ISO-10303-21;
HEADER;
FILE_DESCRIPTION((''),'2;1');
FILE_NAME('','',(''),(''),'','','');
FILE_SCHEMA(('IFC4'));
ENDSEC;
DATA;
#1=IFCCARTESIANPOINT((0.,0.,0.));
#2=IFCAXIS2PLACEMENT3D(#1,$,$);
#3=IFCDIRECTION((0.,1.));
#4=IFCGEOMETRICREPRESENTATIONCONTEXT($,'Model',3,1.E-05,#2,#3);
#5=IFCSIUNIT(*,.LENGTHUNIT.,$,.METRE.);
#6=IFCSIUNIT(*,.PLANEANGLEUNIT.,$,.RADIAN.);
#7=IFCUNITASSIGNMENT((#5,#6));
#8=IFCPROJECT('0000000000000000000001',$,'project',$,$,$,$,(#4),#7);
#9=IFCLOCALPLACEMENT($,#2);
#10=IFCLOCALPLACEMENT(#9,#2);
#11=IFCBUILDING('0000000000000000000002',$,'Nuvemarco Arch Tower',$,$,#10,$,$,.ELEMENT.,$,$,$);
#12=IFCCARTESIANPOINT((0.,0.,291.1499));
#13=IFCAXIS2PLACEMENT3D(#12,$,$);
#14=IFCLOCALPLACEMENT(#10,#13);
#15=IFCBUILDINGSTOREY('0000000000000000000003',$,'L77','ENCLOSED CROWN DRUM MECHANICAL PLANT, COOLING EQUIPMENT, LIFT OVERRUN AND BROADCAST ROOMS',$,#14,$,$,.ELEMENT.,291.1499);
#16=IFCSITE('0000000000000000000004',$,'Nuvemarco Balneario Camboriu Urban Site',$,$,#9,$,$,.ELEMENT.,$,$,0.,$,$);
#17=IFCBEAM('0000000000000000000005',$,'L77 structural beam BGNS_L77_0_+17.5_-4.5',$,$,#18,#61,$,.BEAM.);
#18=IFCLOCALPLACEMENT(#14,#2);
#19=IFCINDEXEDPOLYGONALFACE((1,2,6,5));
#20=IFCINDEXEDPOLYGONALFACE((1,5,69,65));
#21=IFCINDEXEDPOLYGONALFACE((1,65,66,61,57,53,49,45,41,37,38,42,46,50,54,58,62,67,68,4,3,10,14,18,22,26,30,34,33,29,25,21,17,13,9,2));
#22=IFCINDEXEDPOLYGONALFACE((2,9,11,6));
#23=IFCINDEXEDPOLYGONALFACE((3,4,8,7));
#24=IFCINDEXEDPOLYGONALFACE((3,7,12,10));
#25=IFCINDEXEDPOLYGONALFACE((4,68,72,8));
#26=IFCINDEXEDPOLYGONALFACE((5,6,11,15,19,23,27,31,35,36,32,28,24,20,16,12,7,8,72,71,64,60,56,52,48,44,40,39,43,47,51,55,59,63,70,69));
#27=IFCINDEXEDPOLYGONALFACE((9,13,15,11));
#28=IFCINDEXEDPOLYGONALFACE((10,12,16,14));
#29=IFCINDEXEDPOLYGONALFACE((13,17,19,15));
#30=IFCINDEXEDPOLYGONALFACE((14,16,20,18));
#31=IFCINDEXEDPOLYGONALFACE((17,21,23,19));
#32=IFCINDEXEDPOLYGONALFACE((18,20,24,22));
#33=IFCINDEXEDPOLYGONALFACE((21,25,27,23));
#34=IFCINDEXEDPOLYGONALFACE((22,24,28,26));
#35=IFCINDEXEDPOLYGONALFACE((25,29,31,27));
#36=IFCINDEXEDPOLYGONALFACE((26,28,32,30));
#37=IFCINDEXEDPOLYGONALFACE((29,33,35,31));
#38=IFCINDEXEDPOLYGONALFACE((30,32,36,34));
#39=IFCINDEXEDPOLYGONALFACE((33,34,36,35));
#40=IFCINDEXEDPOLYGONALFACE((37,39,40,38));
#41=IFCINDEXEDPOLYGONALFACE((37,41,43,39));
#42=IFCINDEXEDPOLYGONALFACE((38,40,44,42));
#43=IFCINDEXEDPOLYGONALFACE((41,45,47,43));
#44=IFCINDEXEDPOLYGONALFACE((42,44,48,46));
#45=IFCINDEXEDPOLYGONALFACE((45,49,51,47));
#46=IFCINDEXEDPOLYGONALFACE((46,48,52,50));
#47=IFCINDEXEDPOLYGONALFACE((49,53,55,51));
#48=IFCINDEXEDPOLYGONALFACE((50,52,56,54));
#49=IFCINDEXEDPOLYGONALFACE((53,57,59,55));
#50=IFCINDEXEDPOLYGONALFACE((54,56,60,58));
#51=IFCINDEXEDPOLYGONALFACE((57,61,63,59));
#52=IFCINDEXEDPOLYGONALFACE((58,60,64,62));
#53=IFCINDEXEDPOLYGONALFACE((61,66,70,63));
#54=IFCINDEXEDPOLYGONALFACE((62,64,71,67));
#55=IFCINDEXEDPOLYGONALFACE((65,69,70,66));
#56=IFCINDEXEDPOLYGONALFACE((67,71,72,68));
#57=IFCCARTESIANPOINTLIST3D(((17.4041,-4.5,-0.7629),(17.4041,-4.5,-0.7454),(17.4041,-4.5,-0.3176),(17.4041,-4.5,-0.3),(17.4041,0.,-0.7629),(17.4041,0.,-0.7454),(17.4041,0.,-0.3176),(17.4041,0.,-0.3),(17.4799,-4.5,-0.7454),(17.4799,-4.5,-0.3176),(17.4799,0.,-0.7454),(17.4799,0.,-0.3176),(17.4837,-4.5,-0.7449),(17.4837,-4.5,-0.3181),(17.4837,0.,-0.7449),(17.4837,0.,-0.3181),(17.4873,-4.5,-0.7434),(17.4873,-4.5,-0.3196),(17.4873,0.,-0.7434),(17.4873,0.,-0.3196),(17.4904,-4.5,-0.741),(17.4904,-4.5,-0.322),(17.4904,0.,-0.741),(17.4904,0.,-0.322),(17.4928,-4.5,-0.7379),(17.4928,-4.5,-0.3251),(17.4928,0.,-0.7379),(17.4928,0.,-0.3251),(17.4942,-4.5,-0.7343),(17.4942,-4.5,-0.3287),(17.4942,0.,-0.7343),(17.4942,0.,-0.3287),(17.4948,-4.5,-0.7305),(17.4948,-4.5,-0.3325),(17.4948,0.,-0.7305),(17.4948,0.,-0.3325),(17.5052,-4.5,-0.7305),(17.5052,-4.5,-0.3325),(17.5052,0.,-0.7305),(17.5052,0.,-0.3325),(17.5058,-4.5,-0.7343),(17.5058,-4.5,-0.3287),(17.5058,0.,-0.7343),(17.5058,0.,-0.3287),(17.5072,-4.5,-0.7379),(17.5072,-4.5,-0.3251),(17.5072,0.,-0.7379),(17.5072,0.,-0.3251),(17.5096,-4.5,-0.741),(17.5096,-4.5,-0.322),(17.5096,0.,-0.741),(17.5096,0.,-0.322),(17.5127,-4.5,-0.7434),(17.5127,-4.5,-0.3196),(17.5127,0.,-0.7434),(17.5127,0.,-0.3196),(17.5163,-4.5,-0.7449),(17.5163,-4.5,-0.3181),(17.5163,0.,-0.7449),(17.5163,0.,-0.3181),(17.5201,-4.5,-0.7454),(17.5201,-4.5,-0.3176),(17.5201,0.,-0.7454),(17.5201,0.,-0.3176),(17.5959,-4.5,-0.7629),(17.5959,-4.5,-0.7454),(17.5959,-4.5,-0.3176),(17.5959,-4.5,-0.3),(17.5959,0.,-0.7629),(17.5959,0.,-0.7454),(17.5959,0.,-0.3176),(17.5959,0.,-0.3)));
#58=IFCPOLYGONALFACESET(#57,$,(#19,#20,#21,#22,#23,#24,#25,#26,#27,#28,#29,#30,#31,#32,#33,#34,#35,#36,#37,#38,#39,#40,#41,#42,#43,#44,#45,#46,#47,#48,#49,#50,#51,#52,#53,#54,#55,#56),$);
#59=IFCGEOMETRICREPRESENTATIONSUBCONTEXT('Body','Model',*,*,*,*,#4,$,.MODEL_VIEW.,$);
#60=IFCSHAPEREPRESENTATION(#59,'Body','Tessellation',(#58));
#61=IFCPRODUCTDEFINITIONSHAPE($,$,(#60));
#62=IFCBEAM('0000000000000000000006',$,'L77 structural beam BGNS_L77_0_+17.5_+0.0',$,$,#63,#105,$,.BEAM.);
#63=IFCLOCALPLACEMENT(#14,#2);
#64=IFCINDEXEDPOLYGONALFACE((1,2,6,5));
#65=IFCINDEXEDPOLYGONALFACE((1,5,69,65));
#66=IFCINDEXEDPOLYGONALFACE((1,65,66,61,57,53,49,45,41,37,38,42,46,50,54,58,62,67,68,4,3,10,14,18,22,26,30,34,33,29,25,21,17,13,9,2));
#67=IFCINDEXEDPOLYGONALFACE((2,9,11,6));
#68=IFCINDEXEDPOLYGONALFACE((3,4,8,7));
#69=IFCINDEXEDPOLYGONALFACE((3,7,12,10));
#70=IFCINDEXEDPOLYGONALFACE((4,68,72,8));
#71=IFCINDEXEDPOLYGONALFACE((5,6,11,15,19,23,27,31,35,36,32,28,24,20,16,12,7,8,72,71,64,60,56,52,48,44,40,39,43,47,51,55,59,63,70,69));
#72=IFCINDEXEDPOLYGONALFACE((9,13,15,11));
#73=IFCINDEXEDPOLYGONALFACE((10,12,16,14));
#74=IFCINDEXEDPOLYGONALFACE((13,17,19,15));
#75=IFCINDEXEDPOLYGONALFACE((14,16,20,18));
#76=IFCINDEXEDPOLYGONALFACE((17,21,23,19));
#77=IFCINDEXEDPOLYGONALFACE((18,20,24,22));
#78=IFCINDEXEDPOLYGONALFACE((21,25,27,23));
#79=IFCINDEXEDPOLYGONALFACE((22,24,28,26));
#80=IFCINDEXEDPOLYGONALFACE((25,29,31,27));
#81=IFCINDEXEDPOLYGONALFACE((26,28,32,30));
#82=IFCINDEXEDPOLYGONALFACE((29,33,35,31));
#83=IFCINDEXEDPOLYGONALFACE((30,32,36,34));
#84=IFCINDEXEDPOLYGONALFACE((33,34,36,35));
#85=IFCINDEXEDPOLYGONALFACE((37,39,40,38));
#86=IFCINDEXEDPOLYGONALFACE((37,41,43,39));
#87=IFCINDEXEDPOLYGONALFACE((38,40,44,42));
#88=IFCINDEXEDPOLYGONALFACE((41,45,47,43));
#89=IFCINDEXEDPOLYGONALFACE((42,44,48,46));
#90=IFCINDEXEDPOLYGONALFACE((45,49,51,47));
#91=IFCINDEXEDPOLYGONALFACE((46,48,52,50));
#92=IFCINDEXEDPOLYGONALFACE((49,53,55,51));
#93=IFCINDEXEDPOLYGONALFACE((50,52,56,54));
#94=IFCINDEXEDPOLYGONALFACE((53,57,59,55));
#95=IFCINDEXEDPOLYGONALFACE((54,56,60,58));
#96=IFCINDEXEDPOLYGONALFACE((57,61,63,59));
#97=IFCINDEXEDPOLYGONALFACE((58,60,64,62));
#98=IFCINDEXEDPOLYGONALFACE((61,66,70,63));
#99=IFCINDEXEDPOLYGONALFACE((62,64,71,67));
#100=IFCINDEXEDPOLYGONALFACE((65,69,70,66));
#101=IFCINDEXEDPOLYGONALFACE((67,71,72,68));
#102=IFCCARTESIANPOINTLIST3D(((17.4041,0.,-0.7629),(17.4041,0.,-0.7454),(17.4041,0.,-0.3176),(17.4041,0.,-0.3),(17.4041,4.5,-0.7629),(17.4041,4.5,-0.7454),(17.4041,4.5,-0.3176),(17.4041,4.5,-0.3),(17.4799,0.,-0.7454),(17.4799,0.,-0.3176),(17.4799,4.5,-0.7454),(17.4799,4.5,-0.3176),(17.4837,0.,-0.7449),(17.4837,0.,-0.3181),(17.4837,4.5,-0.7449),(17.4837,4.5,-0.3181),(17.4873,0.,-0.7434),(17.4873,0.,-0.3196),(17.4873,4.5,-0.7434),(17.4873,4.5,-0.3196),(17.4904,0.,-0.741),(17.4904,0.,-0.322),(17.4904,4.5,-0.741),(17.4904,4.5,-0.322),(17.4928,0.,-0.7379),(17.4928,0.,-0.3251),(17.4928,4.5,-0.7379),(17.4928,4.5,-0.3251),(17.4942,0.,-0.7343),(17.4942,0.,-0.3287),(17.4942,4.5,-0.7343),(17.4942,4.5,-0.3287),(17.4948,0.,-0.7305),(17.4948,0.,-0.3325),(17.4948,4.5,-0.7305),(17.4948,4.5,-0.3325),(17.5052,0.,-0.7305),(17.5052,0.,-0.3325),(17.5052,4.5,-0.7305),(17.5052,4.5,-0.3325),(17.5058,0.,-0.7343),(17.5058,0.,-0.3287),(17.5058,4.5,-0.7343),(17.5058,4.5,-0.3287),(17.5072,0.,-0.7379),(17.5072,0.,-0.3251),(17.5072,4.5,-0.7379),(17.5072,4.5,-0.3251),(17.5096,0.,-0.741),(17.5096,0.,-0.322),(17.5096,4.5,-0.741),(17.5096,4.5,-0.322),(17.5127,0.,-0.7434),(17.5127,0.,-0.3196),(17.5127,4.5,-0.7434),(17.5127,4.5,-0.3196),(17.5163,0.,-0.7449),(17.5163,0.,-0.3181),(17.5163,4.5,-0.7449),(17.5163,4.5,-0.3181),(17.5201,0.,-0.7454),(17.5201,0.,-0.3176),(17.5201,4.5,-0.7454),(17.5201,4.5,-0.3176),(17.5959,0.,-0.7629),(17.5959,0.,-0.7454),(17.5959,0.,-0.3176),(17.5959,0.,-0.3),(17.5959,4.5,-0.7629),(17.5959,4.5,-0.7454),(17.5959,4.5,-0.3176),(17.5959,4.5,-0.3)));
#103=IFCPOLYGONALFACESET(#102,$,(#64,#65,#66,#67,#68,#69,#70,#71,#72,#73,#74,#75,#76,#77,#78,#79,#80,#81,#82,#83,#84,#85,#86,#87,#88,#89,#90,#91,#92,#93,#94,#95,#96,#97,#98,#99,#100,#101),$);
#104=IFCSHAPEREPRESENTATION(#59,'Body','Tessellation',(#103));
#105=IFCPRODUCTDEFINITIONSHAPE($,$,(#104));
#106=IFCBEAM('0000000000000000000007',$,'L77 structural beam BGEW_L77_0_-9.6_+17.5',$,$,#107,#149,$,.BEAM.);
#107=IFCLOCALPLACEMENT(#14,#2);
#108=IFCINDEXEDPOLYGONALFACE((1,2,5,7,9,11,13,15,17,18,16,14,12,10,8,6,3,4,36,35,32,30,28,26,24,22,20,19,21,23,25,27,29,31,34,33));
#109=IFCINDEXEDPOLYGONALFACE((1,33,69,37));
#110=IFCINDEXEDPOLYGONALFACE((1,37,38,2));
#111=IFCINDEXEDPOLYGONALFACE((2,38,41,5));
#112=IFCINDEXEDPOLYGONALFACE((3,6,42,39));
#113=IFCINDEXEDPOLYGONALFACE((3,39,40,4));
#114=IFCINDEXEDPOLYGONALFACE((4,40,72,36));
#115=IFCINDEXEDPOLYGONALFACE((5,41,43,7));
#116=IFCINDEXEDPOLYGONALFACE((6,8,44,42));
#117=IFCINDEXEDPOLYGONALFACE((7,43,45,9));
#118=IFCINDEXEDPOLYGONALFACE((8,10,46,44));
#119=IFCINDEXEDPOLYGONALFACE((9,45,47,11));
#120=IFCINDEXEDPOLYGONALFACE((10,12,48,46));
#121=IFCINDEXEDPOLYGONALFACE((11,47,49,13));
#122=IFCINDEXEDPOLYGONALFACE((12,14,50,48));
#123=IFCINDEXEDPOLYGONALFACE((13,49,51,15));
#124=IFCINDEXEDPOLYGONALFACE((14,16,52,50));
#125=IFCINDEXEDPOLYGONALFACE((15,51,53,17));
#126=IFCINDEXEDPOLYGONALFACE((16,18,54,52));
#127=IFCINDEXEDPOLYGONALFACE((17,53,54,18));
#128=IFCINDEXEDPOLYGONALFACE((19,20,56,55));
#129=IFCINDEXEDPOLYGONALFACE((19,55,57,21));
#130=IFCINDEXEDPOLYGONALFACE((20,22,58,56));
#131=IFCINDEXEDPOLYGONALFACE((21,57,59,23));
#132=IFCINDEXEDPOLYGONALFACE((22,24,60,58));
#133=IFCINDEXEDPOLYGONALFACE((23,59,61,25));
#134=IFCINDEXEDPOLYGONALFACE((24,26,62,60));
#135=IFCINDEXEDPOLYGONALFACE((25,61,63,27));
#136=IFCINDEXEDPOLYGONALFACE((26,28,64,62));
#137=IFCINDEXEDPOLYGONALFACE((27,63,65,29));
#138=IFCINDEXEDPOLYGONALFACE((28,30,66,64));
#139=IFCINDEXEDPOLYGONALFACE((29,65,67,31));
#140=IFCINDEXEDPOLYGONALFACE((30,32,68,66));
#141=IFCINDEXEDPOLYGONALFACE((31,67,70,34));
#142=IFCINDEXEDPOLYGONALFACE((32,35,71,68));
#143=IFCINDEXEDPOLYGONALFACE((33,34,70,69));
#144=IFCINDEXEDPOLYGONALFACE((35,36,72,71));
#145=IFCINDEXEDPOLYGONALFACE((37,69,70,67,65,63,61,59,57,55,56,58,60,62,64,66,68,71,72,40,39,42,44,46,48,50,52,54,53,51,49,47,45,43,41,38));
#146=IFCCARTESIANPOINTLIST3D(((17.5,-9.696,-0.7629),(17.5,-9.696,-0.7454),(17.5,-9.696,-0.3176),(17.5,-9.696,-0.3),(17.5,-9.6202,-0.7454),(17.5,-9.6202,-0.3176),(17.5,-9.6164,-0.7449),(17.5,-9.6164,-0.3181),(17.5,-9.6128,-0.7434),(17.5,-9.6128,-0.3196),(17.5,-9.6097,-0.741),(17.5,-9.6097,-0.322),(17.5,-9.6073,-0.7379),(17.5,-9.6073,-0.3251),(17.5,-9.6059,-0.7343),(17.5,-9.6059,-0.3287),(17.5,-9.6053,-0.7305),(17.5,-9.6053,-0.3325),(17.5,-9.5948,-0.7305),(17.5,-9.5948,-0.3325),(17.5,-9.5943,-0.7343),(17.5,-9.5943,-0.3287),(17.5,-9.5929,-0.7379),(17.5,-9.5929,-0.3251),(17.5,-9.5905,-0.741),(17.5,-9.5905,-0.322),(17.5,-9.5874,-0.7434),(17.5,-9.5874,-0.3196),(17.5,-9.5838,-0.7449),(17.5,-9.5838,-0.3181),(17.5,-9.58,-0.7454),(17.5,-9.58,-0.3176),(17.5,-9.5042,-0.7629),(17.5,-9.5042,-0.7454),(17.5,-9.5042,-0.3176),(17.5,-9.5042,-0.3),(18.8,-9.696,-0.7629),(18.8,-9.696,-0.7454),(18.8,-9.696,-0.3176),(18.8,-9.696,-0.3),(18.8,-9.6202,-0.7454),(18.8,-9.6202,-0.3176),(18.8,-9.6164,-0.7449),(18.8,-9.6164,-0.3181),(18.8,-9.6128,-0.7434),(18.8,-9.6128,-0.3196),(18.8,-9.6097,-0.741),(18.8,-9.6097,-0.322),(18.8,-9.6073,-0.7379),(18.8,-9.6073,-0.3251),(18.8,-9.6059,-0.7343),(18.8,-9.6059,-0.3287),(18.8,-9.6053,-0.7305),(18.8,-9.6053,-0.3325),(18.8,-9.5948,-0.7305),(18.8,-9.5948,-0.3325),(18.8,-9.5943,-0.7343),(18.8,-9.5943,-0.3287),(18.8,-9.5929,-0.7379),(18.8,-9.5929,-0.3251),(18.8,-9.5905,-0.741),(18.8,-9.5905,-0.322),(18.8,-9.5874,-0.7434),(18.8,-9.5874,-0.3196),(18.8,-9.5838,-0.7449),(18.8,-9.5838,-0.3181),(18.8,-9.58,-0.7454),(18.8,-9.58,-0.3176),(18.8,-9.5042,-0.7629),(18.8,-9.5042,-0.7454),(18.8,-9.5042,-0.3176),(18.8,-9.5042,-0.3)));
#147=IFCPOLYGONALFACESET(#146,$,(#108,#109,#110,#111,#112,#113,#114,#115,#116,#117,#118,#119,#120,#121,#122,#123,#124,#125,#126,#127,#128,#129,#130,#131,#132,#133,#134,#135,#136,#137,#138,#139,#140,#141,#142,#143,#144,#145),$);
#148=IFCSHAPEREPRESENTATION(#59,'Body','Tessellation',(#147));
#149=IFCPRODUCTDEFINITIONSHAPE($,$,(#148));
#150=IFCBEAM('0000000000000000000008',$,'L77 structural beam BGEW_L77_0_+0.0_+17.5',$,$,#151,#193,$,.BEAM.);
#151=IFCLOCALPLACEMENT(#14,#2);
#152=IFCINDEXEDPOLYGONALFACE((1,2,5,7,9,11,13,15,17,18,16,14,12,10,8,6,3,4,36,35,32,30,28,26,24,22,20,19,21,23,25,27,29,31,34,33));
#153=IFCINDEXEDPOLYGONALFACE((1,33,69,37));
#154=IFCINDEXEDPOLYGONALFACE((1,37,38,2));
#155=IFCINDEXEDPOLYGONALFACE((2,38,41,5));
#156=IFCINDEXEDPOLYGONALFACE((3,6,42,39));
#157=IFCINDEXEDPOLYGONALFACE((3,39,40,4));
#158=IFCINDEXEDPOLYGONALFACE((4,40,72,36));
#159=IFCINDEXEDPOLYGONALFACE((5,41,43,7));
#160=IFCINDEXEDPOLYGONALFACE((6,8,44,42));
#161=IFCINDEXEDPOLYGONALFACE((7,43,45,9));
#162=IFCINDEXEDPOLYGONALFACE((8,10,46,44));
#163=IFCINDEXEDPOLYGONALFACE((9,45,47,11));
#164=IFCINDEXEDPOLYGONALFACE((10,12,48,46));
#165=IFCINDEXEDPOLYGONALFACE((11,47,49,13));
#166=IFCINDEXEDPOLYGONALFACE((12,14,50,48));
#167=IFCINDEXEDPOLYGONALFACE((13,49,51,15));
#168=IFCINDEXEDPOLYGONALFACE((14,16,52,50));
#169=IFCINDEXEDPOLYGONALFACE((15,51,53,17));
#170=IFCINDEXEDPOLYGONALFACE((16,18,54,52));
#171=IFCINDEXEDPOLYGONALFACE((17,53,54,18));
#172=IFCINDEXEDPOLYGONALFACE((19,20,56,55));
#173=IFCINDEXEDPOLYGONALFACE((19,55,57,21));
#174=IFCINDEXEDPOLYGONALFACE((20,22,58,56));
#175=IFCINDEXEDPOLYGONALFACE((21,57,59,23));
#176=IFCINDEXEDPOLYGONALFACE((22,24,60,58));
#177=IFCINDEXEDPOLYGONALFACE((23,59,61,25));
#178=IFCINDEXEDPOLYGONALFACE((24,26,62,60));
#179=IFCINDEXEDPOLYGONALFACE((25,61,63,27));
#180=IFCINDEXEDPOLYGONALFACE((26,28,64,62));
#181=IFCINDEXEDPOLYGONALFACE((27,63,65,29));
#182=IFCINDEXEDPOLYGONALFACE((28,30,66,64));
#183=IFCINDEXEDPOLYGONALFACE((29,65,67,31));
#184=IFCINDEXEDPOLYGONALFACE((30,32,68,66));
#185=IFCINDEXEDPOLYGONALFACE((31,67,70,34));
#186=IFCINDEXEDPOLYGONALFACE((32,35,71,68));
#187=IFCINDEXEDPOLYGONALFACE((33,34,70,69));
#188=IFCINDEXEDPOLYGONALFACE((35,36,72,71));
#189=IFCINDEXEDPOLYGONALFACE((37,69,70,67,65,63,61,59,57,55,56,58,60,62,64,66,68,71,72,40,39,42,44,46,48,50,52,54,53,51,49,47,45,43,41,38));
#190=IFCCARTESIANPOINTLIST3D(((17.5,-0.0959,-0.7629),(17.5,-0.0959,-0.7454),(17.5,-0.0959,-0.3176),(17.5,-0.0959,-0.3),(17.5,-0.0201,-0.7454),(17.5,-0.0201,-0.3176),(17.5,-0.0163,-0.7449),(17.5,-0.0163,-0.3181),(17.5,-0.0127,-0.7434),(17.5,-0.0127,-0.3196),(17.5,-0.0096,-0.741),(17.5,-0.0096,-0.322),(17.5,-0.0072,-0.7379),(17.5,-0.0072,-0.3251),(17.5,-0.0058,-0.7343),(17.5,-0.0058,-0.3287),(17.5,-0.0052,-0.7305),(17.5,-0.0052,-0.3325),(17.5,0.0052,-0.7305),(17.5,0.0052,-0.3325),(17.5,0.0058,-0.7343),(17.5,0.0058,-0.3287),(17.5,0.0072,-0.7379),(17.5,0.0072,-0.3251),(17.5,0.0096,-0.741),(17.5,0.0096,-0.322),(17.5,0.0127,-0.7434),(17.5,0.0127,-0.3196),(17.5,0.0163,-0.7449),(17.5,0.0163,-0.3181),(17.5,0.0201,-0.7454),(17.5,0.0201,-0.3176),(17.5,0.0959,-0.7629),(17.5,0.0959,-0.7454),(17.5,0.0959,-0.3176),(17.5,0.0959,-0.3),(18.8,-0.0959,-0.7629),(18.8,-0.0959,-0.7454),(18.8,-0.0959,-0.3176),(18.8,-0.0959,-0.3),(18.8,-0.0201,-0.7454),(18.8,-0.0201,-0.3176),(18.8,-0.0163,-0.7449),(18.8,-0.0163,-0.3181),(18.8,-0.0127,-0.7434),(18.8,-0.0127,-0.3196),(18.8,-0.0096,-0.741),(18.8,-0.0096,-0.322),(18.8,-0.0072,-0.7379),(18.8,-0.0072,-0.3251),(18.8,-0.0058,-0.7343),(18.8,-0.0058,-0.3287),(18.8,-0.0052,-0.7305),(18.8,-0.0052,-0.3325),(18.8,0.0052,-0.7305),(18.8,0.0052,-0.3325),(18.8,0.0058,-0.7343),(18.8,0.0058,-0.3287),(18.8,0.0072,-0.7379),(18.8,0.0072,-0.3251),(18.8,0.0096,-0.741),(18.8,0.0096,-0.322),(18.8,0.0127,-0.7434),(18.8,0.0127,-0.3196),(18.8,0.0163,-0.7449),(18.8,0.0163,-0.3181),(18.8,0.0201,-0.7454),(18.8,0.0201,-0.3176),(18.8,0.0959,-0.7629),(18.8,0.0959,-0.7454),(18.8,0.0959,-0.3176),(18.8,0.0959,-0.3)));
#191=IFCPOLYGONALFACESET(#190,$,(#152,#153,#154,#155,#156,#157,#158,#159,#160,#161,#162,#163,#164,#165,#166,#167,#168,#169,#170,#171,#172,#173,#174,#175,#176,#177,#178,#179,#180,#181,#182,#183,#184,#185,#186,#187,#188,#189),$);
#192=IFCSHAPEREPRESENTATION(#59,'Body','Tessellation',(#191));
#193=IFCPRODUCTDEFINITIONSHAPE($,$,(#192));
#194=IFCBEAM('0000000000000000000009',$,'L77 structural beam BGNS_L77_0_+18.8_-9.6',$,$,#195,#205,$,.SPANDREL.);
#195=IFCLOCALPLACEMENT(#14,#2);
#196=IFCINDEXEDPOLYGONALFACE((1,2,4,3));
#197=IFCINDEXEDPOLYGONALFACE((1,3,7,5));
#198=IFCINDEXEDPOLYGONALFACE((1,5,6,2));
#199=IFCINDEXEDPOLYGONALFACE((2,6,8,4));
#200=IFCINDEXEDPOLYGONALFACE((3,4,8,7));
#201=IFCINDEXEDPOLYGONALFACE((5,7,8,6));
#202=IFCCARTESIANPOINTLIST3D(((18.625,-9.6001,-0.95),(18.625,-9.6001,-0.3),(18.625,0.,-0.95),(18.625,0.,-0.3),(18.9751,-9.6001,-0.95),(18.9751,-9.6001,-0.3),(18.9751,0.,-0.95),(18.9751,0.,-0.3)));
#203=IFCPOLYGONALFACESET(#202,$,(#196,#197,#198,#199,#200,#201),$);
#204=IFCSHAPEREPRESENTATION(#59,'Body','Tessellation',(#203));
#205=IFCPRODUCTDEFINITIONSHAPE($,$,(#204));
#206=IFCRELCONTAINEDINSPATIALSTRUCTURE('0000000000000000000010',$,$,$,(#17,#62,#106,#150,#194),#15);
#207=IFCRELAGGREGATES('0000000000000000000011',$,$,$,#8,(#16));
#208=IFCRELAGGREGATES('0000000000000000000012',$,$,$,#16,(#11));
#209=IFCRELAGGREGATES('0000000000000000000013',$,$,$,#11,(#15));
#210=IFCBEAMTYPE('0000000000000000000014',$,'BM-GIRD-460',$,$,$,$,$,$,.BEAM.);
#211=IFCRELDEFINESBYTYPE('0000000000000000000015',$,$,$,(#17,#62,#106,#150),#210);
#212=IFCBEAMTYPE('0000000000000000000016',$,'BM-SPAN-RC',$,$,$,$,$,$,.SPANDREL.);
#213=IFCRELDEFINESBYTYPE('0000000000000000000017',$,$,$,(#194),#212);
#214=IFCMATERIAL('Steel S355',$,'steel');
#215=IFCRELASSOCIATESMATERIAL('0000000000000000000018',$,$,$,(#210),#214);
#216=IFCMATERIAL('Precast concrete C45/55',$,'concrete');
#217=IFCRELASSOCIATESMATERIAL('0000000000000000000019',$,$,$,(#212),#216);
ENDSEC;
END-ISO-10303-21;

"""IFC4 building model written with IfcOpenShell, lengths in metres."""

from ifc_helpers import new_model, si_unit, direction, frame, origin, origin_2d, place, context, subcontext, project, spatial, rectangle, i_section, extrude, material, material_profile, profile_set, type_object, element, save


model = new_model("IFC4")

# Units and contexts
model_context = context("Model", 3, precision=1e-05, world=origin(), true_north=direction((0.0, 1.0)))
body_context = subcontext(model_context, "Body", "Model", "MODEL_VIEW")
ifc_project = project(units=[si_unit("LENGTHUNIT", "METRE"), si_unit("PLANEANGLEUNIT", "RADIAN")], contexts=[model_context])

# Site, building, storey
site_placement = place(None, origin())
site = spatial("IfcSite", under=ifc_project, at=site_placement, Name="Nuvemarco Balneario Camboriu Urban Site", CompositionType="ELEMENT", RefElevation=0.0)
building_placement = place(site_placement, origin())
building = spatial("IfcBuilding", under=site, at=building_placement, Name="Nuvemarco Arch Tower", CompositionType="ELEMENT")
storey_placement = place(building_placement, frame((0.0, 0.0, 291.1499)))
storey = spatial("IfcBuildingStorey", under=building, at=storey_placement, Name="L77", Description="ENCLOSED CROWN DRUM MECHANICAL PLANT, COOLING EQUIPMENT, LIFT OVERRUN AND BROADCAST ROOMS", CompositionType="ELEMENT", Elevation=291.1499)

# Shared definitions
ifc_material_1 = material(Name="Steel S355", Category="steel")

# Beams
ifc_material_profile_1 = material_profile(ifc_material_1, i_section(OverallWidth=0.1919, OverallDepth=0.4629, WebThickness=0.0105, FlangeThickness=0.0176, FilletRadius=0.0149, at=origin_2d()), Name="W460x89")
ifc_profile_set_1 = profile_set([ifc_material_profile_1], Name="Steel S355")
beam_type_1 = type_object("IfcBeamType", Name="BM-GIRD-460", PredefinedType="BEAM", material=ifc_profile_set_1)
for number, where, z_axis, x_axis, name in (
    (1, (17.5, -4.5, -0.5315), (0.0, 1.0, 0.0), (-1.0, 0.0, 0.0), "L77 structural beam BGNS_L77_0_+17.5_-4.5"),
    (2, (17.5, 0.0, -0.5315), (0.0, 1.0, 0.0), (-1.0, 0.0, 0.0), "L77 structural beam BGNS_L77_0_+17.5_+0.0"),
):
    element("IfcBeam", number, at=place(storey_placement, frame(where, z_axis=z_axis, x_axis=x_axis)), inside=storey, type_object=beam_type_1, Name=name, PredefinedType="BEAM", context=body_context, shape_type="SweptSolid", body=[
        extrude(i_section(OverallWidth=0.1919, OverallDepth=0.4629, WebThickness=0.0105, FlangeThickness=0.0176, FilletRadius=0.0149, at=origin_2d()), origin(), (0.0, 0.0, 1.0), 4.5),
    ])
for number, where, z_axis, x_axis, name in (
    (3, (17.5, -9.6001, -0.5315), (1.0, 0.0, 0.0), (0.0, 1.0, 0.0), "L77 structural beam BGEW_L77_0_-9.6_+17.5"),
    (4, (17.5, 0.0, -0.5315), (1.0, 0.0, 0.0), (0.0, 1.0, 0.0), "L77 structural beam BGEW_L77_0_+0.0_+17.5"),
):
    element("IfcBeam", number, at=place(storey_placement, frame(where, z_axis=z_axis, x_axis=x_axis)), inside=storey, type_object=beam_type_1, Name=name, PredefinedType="BEAM", context=body_context, shape_type="SweptSolid", body=[
        extrude(i_section(OverallWidth=0.1919, OverallDepth=0.4629, WebThickness=0.0105, FlangeThickness=0.0176, FilletRadius=0.0149, at=origin_2d()), origin(), (0.0, 0.0, 1.0), 1.3),
    ])
ifc_material_2 = material(Name="Precast concrete C45/55", Category="concrete")
ifc_material_profile_2 = material_profile(ifc_material_2, rectangle(XDim=0.3501, YDim=0.6499, at=origin_2d()), Name="PC-SP-350x650")
ifc_profile_set_2 = profile_set([ifc_material_profile_2], Name="Precast concrete C45/55")
beam_type_2 = type_object("IfcBeamType", Name="BM-SPAN-RC", PredefinedType="SPANDREL", material=ifc_profile_set_2)
beam_1_placement = place(storey_placement, frame((18.8, -9.6001, -0.625), z_axis=(0.0, 1.0, 0.0), x_axis=(-1.0, 0.0, 0.0)))
element("IfcBeam", 5, at=beam_1_placement, inside=storey, type_object=beam_type_2, Name="L77 structural beam BGNS_L77_0_+18.8_-9.6", PredefinedType="SPANDREL", context=body_context, shape_type="SweptSolid", body=[
    extrude(rectangle(XDim=0.3501, YDim=0.6499, at=origin_2d()), origin(), (0.0, 0.0, 1.0), 9.6001),
])

save(model, "model.ifc")
